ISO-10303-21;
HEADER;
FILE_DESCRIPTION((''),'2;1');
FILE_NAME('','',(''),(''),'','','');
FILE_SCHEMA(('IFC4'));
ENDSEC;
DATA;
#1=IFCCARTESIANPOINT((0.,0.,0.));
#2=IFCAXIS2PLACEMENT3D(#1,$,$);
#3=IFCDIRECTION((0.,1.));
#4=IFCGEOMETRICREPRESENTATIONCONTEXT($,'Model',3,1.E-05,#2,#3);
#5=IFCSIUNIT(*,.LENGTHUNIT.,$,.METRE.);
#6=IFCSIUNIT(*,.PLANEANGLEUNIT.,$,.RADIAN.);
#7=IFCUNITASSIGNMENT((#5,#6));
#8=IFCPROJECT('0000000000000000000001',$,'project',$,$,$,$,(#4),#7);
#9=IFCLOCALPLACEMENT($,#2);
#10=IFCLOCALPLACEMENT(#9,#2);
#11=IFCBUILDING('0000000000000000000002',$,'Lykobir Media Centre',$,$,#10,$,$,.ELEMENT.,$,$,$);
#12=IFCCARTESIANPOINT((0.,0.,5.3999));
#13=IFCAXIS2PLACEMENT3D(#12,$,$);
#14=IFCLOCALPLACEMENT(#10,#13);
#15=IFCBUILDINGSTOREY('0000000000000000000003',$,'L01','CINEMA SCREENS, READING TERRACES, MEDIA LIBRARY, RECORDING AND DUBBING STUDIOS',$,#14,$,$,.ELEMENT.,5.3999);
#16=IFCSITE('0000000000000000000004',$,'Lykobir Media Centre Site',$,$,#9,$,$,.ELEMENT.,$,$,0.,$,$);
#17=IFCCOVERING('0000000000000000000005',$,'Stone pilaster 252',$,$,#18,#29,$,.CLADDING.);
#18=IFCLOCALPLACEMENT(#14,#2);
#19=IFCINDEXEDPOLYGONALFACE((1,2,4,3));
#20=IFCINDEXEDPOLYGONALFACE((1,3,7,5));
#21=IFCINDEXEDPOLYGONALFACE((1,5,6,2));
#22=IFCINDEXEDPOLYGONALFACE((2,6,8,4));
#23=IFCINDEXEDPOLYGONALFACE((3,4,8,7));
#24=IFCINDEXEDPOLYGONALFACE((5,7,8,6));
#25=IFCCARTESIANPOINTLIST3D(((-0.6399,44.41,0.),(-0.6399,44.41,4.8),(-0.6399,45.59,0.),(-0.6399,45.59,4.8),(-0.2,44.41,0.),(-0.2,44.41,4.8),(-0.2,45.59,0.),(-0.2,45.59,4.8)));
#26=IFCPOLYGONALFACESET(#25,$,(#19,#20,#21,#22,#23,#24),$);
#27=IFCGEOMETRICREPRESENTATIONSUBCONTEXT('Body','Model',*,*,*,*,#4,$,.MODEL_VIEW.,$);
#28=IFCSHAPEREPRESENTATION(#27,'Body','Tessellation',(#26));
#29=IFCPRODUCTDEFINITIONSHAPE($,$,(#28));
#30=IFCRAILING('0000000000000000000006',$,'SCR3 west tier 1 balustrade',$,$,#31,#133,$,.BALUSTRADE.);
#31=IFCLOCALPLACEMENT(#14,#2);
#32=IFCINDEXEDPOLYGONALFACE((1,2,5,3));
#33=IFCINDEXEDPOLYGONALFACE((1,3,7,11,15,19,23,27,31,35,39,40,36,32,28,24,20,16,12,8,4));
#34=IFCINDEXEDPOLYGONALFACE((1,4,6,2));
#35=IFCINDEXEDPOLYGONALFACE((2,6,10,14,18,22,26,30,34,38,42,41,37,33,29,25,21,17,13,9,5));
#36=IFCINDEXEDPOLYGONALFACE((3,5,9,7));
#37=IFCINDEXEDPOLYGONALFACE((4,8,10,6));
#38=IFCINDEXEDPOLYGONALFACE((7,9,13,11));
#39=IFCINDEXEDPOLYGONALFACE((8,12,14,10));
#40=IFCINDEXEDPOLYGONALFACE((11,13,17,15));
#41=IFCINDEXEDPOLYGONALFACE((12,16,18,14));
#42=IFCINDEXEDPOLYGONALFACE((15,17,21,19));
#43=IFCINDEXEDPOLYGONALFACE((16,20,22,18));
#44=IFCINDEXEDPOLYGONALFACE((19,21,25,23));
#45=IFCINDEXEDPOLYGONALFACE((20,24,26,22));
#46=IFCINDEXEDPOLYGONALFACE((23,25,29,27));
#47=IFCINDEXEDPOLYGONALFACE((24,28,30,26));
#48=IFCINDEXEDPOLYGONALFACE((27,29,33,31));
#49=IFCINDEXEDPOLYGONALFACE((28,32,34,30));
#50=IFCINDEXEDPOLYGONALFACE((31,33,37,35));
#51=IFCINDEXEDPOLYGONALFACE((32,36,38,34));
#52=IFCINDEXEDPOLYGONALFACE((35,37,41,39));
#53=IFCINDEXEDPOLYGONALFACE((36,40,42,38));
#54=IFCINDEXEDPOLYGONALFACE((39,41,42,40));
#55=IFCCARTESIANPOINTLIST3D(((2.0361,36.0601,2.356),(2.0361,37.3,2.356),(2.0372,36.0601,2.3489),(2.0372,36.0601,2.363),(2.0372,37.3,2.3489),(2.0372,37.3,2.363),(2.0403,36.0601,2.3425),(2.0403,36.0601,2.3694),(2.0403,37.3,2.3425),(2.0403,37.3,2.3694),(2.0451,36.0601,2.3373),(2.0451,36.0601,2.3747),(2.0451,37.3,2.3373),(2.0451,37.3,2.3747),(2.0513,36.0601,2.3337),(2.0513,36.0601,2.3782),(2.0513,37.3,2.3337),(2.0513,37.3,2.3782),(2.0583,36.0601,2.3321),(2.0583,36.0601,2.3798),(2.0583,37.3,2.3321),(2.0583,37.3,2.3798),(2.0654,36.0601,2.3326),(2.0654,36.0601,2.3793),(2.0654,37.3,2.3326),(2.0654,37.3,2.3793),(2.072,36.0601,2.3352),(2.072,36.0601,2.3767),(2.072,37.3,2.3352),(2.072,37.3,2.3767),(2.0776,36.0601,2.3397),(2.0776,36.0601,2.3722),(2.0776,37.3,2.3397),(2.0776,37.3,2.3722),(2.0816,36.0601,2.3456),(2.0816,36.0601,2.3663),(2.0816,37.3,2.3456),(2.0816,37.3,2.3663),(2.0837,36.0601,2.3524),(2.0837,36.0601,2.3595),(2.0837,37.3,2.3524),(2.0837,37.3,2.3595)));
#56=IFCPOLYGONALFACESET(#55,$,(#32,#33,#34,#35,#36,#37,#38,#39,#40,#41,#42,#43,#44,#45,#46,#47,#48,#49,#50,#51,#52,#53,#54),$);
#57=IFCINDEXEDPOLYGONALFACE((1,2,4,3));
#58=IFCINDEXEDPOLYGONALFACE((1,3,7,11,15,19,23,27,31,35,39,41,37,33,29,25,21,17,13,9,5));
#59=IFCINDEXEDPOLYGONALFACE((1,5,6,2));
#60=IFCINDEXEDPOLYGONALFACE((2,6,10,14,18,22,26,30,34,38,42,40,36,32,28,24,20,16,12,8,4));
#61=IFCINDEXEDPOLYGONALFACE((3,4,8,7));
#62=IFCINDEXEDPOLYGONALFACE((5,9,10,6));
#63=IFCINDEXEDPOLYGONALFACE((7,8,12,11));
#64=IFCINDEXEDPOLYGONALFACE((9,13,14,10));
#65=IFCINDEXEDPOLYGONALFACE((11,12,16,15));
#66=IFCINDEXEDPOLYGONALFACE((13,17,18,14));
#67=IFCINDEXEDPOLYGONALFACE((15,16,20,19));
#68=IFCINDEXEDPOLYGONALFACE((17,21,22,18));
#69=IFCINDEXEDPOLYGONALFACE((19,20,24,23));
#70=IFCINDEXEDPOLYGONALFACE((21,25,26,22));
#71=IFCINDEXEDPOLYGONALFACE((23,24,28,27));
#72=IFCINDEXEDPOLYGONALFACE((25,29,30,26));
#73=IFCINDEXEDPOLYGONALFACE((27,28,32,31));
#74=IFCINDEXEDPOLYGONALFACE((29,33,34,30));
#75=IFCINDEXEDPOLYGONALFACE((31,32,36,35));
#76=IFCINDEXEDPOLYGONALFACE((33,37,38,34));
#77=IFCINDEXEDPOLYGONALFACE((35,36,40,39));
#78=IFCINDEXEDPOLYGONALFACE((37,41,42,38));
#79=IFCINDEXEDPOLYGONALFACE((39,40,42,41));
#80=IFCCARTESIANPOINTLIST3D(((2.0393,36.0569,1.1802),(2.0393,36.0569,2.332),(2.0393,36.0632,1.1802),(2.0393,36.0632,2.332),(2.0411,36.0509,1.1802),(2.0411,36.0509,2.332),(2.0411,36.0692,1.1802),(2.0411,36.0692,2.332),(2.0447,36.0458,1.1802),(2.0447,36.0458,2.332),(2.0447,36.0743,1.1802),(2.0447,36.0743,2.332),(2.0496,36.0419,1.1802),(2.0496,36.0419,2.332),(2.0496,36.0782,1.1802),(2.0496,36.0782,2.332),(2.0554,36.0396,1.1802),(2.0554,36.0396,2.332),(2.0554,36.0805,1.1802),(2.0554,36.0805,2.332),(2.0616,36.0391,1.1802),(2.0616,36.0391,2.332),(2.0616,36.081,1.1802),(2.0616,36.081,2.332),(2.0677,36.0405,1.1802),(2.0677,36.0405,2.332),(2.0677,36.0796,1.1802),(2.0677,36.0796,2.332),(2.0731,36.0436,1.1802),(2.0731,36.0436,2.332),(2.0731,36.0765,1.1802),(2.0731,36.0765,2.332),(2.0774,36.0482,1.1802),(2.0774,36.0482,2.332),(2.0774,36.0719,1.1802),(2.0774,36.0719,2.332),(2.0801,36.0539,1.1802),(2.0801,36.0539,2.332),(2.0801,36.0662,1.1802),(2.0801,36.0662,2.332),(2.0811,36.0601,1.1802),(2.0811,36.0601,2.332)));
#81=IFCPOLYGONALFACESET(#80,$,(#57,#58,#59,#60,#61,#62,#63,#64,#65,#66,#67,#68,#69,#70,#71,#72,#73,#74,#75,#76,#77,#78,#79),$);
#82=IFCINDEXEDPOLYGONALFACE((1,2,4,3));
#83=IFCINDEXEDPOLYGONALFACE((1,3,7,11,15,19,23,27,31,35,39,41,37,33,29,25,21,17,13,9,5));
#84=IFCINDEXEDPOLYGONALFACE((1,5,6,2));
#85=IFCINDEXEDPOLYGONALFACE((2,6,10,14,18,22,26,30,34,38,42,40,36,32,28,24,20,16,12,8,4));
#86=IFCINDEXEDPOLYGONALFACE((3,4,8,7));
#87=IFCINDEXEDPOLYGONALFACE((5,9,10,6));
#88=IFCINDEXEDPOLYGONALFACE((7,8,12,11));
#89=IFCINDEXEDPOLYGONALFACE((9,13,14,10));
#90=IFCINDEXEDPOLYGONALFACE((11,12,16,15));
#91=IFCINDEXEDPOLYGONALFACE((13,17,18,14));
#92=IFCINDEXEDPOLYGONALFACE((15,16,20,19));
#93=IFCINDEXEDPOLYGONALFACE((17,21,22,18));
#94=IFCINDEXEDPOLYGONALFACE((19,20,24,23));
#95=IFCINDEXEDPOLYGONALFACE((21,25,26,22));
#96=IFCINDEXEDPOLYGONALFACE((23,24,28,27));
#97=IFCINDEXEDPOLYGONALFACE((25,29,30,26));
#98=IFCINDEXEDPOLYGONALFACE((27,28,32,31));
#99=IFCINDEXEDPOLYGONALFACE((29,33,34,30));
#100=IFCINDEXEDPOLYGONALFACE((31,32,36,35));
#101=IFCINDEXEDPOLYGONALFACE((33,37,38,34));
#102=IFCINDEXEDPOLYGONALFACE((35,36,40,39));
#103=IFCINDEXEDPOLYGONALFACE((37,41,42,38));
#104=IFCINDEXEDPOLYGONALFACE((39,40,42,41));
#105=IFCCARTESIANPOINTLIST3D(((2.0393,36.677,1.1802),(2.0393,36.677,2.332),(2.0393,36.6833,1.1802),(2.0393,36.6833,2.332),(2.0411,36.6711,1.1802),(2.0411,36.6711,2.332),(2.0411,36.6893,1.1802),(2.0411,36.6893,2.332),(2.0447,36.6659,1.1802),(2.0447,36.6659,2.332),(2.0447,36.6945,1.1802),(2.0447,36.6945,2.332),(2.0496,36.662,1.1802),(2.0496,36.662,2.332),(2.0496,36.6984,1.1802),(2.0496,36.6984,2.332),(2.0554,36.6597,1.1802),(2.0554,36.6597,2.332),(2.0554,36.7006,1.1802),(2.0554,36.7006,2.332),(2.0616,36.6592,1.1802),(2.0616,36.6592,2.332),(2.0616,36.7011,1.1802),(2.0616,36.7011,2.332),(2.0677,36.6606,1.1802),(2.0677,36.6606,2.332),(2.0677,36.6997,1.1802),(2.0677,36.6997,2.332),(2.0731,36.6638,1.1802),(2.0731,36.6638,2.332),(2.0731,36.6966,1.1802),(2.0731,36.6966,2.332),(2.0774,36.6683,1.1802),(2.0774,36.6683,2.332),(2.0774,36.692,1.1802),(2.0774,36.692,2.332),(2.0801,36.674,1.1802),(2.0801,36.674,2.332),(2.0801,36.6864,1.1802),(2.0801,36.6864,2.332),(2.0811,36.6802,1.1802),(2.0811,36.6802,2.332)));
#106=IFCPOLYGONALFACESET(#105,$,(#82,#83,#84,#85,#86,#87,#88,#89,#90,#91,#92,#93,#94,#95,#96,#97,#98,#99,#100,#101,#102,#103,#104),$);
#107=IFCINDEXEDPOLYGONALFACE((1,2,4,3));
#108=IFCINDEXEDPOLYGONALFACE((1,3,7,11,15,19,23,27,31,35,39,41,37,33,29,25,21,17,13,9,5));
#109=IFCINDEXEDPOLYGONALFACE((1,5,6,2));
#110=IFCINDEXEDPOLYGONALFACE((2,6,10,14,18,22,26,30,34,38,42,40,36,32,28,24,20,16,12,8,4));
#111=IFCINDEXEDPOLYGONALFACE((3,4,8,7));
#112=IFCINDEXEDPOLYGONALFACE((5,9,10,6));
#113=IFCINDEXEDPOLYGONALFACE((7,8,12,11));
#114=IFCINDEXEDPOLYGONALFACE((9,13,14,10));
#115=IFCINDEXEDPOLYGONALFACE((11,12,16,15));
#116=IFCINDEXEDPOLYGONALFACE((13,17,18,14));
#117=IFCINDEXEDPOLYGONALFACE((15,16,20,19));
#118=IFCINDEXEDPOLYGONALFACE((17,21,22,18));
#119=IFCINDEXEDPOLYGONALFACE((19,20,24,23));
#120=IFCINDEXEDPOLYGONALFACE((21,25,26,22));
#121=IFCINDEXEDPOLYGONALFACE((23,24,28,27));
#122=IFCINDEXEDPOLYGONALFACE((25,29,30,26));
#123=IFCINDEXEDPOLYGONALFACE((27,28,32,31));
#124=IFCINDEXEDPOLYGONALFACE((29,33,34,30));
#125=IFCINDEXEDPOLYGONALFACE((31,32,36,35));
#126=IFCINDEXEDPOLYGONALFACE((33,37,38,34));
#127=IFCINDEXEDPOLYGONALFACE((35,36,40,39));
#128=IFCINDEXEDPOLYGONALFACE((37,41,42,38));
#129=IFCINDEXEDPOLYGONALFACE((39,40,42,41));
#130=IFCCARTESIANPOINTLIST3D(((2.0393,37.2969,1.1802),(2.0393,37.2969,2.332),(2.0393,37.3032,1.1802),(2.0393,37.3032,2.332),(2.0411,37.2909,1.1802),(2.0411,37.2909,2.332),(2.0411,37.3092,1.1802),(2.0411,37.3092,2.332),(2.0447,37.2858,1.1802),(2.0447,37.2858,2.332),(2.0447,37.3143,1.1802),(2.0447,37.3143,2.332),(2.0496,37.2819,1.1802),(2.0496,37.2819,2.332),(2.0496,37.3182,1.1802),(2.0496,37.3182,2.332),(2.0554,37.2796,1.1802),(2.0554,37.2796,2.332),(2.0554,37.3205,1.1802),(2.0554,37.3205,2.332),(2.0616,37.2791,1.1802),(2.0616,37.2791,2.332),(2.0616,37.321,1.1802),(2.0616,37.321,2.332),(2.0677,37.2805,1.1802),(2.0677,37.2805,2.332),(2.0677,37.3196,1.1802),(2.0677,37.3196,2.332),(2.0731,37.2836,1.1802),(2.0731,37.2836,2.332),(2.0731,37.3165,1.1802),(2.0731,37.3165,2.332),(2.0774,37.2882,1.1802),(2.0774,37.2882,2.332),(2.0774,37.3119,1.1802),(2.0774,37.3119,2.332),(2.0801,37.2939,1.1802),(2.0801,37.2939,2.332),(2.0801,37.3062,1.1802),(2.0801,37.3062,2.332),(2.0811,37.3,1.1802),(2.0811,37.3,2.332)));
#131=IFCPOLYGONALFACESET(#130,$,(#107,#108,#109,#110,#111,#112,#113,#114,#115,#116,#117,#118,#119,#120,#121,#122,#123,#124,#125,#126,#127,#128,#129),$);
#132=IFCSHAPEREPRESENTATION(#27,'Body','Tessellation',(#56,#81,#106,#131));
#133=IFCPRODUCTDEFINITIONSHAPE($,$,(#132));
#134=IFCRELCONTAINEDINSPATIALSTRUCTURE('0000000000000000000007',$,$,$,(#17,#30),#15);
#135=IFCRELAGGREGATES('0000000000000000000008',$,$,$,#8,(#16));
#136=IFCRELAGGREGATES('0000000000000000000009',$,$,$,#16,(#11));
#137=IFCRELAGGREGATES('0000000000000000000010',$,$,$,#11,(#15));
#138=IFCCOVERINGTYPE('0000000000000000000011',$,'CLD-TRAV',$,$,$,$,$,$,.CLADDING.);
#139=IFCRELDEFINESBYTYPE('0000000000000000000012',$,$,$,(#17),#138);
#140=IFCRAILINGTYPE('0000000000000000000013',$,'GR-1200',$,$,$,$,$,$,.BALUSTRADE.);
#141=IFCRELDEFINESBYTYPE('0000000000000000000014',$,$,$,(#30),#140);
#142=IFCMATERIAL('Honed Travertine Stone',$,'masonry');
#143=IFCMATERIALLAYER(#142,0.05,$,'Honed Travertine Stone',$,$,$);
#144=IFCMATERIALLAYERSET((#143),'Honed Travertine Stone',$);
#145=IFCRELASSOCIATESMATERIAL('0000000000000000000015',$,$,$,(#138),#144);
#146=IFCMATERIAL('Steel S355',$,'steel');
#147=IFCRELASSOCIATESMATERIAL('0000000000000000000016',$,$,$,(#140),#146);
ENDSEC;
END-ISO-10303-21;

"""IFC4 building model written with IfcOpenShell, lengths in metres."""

from ifc_helpers import new_model, si_unit, direction, frame, origin, origin_2d, place, context, subcontext, project, spatial, rectangle, circle, extrude, material, layer, layer_set, type_object, element, save


model = new_model("IFC4")

# Units and contexts
model_context = context("Model", 3, precision=1e-05, world=origin(), true_north=direction((0.0, 1.0)))
body_context = subcontext(model_context, "Body", "Model", "MODEL_VIEW")
ifc_project = project(units=[si_unit("LENGTHUNIT", "METRE"), si_unit("PLANEANGLEUNIT", "RADIAN")], contexts=[model_context])

# Site, building, storey
site_placement = place(None, origin())
site = spatial("IfcSite", under=ifc_project, at=site_placement, Name="Lykobir Media Centre Site", CompositionType="ELEMENT", RefElevation=0.0)
building_placement = place(site_placement, origin())
building = spatial("IfcBuilding", under=site, at=building_placement, Name="Lykobir Media Centre", CompositionType="ELEMENT")
storey_placement = place(building_placement, frame((0.0, 0.0, 5.3999)))
storey = spatial("IfcBuildingStorey", under=building, at=storey_placement, Name="L01", Description="CINEMA SCREENS, READING TERRACES, MEDIA LIBRARY, RECORDING AND DUBBING STUDIOS", CompositionType="ELEMENT", Elevation=5.3999)

# Shared definitions
ifc_material_1 = material(Name="Steel S355", Category="steel")

# Covering
ifc_material_2 = material(Name="Honed Travertine Stone", Category="masonry")
ifc_layer_1 = layer(ifc_material_2, 0.05, Name="Honed Travertine Stone")
ifc_layer_set_1 = layer_set([ifc_layer_1], Name="Honed Travertine Stone")
covering_type = type_object("IfcCoveringType", Name="CLD-TRAV", PredefinedType="CLADDING", material=ifc_layer_set_1)
covering_1_placement = place(storey_placement, frame((-0.4199, 45.0, 0.0), z_axis=(0.0, 0.0, 1.0), x_axis=(0.0, -1.0, 0.0)))
element("IfcCovering", 1, at=covering_1_placement, inside=storey, type_object=covering_type, Name="Stone pilaster 252", PredefinedType="CLADDING", context=body_context, shape_type="SweptSolid", body=[
    extrude(rectangle(XDim=1.1799, YDim=0.4399, at=origin_2d()), origin(), (0.0, 0.0, 1.0), 4.8),
])

# Railing
railing_type = type_object("IfcRailingType", Name="GR-1200", PredefinedType="BALUSTRADE", material=ifc_material_1)
for number, where, name in (
    (2, (2.0601, 36.0601, 1.1802), "SCR3 west tier 1 balustrade"),
):
    element("IfcRailing", number, at=place(storey_placement, frame(where)), inside=storey, type_object=railing_type, Name=name, PredefinedType="BALUSTRADE", context=body_context, shape_type="SweptSolid", body=[
        extrude(circle(Radius=0.0239, at=origin_2d()), frame((0.0, 0.0, 1.1758), z_axis=(0.0, 1.0, 0.0), x_axis=(-1.0, 0.0, 0.0)), (0.0, 0.0, 1.0), 1.24),
        extrude(circle(Radius=0.021, at=origin_2d()), origin(), (0.0, 0.0, 1.0), 1.1519),
        extrude(circle(Radius=0.021, at=origin_2d()), frame((0.0, 0.6201, 0.0)), (0.0, 0.0, 1.0), 1.1519),
        extrude(circle(Radius=0.021, at=origin_2d()), frame((0.0, 1.24, 0.0)), (0.0, 0.0, 1.0), 1.1519),
    ])

save(model, "model.ifc")
